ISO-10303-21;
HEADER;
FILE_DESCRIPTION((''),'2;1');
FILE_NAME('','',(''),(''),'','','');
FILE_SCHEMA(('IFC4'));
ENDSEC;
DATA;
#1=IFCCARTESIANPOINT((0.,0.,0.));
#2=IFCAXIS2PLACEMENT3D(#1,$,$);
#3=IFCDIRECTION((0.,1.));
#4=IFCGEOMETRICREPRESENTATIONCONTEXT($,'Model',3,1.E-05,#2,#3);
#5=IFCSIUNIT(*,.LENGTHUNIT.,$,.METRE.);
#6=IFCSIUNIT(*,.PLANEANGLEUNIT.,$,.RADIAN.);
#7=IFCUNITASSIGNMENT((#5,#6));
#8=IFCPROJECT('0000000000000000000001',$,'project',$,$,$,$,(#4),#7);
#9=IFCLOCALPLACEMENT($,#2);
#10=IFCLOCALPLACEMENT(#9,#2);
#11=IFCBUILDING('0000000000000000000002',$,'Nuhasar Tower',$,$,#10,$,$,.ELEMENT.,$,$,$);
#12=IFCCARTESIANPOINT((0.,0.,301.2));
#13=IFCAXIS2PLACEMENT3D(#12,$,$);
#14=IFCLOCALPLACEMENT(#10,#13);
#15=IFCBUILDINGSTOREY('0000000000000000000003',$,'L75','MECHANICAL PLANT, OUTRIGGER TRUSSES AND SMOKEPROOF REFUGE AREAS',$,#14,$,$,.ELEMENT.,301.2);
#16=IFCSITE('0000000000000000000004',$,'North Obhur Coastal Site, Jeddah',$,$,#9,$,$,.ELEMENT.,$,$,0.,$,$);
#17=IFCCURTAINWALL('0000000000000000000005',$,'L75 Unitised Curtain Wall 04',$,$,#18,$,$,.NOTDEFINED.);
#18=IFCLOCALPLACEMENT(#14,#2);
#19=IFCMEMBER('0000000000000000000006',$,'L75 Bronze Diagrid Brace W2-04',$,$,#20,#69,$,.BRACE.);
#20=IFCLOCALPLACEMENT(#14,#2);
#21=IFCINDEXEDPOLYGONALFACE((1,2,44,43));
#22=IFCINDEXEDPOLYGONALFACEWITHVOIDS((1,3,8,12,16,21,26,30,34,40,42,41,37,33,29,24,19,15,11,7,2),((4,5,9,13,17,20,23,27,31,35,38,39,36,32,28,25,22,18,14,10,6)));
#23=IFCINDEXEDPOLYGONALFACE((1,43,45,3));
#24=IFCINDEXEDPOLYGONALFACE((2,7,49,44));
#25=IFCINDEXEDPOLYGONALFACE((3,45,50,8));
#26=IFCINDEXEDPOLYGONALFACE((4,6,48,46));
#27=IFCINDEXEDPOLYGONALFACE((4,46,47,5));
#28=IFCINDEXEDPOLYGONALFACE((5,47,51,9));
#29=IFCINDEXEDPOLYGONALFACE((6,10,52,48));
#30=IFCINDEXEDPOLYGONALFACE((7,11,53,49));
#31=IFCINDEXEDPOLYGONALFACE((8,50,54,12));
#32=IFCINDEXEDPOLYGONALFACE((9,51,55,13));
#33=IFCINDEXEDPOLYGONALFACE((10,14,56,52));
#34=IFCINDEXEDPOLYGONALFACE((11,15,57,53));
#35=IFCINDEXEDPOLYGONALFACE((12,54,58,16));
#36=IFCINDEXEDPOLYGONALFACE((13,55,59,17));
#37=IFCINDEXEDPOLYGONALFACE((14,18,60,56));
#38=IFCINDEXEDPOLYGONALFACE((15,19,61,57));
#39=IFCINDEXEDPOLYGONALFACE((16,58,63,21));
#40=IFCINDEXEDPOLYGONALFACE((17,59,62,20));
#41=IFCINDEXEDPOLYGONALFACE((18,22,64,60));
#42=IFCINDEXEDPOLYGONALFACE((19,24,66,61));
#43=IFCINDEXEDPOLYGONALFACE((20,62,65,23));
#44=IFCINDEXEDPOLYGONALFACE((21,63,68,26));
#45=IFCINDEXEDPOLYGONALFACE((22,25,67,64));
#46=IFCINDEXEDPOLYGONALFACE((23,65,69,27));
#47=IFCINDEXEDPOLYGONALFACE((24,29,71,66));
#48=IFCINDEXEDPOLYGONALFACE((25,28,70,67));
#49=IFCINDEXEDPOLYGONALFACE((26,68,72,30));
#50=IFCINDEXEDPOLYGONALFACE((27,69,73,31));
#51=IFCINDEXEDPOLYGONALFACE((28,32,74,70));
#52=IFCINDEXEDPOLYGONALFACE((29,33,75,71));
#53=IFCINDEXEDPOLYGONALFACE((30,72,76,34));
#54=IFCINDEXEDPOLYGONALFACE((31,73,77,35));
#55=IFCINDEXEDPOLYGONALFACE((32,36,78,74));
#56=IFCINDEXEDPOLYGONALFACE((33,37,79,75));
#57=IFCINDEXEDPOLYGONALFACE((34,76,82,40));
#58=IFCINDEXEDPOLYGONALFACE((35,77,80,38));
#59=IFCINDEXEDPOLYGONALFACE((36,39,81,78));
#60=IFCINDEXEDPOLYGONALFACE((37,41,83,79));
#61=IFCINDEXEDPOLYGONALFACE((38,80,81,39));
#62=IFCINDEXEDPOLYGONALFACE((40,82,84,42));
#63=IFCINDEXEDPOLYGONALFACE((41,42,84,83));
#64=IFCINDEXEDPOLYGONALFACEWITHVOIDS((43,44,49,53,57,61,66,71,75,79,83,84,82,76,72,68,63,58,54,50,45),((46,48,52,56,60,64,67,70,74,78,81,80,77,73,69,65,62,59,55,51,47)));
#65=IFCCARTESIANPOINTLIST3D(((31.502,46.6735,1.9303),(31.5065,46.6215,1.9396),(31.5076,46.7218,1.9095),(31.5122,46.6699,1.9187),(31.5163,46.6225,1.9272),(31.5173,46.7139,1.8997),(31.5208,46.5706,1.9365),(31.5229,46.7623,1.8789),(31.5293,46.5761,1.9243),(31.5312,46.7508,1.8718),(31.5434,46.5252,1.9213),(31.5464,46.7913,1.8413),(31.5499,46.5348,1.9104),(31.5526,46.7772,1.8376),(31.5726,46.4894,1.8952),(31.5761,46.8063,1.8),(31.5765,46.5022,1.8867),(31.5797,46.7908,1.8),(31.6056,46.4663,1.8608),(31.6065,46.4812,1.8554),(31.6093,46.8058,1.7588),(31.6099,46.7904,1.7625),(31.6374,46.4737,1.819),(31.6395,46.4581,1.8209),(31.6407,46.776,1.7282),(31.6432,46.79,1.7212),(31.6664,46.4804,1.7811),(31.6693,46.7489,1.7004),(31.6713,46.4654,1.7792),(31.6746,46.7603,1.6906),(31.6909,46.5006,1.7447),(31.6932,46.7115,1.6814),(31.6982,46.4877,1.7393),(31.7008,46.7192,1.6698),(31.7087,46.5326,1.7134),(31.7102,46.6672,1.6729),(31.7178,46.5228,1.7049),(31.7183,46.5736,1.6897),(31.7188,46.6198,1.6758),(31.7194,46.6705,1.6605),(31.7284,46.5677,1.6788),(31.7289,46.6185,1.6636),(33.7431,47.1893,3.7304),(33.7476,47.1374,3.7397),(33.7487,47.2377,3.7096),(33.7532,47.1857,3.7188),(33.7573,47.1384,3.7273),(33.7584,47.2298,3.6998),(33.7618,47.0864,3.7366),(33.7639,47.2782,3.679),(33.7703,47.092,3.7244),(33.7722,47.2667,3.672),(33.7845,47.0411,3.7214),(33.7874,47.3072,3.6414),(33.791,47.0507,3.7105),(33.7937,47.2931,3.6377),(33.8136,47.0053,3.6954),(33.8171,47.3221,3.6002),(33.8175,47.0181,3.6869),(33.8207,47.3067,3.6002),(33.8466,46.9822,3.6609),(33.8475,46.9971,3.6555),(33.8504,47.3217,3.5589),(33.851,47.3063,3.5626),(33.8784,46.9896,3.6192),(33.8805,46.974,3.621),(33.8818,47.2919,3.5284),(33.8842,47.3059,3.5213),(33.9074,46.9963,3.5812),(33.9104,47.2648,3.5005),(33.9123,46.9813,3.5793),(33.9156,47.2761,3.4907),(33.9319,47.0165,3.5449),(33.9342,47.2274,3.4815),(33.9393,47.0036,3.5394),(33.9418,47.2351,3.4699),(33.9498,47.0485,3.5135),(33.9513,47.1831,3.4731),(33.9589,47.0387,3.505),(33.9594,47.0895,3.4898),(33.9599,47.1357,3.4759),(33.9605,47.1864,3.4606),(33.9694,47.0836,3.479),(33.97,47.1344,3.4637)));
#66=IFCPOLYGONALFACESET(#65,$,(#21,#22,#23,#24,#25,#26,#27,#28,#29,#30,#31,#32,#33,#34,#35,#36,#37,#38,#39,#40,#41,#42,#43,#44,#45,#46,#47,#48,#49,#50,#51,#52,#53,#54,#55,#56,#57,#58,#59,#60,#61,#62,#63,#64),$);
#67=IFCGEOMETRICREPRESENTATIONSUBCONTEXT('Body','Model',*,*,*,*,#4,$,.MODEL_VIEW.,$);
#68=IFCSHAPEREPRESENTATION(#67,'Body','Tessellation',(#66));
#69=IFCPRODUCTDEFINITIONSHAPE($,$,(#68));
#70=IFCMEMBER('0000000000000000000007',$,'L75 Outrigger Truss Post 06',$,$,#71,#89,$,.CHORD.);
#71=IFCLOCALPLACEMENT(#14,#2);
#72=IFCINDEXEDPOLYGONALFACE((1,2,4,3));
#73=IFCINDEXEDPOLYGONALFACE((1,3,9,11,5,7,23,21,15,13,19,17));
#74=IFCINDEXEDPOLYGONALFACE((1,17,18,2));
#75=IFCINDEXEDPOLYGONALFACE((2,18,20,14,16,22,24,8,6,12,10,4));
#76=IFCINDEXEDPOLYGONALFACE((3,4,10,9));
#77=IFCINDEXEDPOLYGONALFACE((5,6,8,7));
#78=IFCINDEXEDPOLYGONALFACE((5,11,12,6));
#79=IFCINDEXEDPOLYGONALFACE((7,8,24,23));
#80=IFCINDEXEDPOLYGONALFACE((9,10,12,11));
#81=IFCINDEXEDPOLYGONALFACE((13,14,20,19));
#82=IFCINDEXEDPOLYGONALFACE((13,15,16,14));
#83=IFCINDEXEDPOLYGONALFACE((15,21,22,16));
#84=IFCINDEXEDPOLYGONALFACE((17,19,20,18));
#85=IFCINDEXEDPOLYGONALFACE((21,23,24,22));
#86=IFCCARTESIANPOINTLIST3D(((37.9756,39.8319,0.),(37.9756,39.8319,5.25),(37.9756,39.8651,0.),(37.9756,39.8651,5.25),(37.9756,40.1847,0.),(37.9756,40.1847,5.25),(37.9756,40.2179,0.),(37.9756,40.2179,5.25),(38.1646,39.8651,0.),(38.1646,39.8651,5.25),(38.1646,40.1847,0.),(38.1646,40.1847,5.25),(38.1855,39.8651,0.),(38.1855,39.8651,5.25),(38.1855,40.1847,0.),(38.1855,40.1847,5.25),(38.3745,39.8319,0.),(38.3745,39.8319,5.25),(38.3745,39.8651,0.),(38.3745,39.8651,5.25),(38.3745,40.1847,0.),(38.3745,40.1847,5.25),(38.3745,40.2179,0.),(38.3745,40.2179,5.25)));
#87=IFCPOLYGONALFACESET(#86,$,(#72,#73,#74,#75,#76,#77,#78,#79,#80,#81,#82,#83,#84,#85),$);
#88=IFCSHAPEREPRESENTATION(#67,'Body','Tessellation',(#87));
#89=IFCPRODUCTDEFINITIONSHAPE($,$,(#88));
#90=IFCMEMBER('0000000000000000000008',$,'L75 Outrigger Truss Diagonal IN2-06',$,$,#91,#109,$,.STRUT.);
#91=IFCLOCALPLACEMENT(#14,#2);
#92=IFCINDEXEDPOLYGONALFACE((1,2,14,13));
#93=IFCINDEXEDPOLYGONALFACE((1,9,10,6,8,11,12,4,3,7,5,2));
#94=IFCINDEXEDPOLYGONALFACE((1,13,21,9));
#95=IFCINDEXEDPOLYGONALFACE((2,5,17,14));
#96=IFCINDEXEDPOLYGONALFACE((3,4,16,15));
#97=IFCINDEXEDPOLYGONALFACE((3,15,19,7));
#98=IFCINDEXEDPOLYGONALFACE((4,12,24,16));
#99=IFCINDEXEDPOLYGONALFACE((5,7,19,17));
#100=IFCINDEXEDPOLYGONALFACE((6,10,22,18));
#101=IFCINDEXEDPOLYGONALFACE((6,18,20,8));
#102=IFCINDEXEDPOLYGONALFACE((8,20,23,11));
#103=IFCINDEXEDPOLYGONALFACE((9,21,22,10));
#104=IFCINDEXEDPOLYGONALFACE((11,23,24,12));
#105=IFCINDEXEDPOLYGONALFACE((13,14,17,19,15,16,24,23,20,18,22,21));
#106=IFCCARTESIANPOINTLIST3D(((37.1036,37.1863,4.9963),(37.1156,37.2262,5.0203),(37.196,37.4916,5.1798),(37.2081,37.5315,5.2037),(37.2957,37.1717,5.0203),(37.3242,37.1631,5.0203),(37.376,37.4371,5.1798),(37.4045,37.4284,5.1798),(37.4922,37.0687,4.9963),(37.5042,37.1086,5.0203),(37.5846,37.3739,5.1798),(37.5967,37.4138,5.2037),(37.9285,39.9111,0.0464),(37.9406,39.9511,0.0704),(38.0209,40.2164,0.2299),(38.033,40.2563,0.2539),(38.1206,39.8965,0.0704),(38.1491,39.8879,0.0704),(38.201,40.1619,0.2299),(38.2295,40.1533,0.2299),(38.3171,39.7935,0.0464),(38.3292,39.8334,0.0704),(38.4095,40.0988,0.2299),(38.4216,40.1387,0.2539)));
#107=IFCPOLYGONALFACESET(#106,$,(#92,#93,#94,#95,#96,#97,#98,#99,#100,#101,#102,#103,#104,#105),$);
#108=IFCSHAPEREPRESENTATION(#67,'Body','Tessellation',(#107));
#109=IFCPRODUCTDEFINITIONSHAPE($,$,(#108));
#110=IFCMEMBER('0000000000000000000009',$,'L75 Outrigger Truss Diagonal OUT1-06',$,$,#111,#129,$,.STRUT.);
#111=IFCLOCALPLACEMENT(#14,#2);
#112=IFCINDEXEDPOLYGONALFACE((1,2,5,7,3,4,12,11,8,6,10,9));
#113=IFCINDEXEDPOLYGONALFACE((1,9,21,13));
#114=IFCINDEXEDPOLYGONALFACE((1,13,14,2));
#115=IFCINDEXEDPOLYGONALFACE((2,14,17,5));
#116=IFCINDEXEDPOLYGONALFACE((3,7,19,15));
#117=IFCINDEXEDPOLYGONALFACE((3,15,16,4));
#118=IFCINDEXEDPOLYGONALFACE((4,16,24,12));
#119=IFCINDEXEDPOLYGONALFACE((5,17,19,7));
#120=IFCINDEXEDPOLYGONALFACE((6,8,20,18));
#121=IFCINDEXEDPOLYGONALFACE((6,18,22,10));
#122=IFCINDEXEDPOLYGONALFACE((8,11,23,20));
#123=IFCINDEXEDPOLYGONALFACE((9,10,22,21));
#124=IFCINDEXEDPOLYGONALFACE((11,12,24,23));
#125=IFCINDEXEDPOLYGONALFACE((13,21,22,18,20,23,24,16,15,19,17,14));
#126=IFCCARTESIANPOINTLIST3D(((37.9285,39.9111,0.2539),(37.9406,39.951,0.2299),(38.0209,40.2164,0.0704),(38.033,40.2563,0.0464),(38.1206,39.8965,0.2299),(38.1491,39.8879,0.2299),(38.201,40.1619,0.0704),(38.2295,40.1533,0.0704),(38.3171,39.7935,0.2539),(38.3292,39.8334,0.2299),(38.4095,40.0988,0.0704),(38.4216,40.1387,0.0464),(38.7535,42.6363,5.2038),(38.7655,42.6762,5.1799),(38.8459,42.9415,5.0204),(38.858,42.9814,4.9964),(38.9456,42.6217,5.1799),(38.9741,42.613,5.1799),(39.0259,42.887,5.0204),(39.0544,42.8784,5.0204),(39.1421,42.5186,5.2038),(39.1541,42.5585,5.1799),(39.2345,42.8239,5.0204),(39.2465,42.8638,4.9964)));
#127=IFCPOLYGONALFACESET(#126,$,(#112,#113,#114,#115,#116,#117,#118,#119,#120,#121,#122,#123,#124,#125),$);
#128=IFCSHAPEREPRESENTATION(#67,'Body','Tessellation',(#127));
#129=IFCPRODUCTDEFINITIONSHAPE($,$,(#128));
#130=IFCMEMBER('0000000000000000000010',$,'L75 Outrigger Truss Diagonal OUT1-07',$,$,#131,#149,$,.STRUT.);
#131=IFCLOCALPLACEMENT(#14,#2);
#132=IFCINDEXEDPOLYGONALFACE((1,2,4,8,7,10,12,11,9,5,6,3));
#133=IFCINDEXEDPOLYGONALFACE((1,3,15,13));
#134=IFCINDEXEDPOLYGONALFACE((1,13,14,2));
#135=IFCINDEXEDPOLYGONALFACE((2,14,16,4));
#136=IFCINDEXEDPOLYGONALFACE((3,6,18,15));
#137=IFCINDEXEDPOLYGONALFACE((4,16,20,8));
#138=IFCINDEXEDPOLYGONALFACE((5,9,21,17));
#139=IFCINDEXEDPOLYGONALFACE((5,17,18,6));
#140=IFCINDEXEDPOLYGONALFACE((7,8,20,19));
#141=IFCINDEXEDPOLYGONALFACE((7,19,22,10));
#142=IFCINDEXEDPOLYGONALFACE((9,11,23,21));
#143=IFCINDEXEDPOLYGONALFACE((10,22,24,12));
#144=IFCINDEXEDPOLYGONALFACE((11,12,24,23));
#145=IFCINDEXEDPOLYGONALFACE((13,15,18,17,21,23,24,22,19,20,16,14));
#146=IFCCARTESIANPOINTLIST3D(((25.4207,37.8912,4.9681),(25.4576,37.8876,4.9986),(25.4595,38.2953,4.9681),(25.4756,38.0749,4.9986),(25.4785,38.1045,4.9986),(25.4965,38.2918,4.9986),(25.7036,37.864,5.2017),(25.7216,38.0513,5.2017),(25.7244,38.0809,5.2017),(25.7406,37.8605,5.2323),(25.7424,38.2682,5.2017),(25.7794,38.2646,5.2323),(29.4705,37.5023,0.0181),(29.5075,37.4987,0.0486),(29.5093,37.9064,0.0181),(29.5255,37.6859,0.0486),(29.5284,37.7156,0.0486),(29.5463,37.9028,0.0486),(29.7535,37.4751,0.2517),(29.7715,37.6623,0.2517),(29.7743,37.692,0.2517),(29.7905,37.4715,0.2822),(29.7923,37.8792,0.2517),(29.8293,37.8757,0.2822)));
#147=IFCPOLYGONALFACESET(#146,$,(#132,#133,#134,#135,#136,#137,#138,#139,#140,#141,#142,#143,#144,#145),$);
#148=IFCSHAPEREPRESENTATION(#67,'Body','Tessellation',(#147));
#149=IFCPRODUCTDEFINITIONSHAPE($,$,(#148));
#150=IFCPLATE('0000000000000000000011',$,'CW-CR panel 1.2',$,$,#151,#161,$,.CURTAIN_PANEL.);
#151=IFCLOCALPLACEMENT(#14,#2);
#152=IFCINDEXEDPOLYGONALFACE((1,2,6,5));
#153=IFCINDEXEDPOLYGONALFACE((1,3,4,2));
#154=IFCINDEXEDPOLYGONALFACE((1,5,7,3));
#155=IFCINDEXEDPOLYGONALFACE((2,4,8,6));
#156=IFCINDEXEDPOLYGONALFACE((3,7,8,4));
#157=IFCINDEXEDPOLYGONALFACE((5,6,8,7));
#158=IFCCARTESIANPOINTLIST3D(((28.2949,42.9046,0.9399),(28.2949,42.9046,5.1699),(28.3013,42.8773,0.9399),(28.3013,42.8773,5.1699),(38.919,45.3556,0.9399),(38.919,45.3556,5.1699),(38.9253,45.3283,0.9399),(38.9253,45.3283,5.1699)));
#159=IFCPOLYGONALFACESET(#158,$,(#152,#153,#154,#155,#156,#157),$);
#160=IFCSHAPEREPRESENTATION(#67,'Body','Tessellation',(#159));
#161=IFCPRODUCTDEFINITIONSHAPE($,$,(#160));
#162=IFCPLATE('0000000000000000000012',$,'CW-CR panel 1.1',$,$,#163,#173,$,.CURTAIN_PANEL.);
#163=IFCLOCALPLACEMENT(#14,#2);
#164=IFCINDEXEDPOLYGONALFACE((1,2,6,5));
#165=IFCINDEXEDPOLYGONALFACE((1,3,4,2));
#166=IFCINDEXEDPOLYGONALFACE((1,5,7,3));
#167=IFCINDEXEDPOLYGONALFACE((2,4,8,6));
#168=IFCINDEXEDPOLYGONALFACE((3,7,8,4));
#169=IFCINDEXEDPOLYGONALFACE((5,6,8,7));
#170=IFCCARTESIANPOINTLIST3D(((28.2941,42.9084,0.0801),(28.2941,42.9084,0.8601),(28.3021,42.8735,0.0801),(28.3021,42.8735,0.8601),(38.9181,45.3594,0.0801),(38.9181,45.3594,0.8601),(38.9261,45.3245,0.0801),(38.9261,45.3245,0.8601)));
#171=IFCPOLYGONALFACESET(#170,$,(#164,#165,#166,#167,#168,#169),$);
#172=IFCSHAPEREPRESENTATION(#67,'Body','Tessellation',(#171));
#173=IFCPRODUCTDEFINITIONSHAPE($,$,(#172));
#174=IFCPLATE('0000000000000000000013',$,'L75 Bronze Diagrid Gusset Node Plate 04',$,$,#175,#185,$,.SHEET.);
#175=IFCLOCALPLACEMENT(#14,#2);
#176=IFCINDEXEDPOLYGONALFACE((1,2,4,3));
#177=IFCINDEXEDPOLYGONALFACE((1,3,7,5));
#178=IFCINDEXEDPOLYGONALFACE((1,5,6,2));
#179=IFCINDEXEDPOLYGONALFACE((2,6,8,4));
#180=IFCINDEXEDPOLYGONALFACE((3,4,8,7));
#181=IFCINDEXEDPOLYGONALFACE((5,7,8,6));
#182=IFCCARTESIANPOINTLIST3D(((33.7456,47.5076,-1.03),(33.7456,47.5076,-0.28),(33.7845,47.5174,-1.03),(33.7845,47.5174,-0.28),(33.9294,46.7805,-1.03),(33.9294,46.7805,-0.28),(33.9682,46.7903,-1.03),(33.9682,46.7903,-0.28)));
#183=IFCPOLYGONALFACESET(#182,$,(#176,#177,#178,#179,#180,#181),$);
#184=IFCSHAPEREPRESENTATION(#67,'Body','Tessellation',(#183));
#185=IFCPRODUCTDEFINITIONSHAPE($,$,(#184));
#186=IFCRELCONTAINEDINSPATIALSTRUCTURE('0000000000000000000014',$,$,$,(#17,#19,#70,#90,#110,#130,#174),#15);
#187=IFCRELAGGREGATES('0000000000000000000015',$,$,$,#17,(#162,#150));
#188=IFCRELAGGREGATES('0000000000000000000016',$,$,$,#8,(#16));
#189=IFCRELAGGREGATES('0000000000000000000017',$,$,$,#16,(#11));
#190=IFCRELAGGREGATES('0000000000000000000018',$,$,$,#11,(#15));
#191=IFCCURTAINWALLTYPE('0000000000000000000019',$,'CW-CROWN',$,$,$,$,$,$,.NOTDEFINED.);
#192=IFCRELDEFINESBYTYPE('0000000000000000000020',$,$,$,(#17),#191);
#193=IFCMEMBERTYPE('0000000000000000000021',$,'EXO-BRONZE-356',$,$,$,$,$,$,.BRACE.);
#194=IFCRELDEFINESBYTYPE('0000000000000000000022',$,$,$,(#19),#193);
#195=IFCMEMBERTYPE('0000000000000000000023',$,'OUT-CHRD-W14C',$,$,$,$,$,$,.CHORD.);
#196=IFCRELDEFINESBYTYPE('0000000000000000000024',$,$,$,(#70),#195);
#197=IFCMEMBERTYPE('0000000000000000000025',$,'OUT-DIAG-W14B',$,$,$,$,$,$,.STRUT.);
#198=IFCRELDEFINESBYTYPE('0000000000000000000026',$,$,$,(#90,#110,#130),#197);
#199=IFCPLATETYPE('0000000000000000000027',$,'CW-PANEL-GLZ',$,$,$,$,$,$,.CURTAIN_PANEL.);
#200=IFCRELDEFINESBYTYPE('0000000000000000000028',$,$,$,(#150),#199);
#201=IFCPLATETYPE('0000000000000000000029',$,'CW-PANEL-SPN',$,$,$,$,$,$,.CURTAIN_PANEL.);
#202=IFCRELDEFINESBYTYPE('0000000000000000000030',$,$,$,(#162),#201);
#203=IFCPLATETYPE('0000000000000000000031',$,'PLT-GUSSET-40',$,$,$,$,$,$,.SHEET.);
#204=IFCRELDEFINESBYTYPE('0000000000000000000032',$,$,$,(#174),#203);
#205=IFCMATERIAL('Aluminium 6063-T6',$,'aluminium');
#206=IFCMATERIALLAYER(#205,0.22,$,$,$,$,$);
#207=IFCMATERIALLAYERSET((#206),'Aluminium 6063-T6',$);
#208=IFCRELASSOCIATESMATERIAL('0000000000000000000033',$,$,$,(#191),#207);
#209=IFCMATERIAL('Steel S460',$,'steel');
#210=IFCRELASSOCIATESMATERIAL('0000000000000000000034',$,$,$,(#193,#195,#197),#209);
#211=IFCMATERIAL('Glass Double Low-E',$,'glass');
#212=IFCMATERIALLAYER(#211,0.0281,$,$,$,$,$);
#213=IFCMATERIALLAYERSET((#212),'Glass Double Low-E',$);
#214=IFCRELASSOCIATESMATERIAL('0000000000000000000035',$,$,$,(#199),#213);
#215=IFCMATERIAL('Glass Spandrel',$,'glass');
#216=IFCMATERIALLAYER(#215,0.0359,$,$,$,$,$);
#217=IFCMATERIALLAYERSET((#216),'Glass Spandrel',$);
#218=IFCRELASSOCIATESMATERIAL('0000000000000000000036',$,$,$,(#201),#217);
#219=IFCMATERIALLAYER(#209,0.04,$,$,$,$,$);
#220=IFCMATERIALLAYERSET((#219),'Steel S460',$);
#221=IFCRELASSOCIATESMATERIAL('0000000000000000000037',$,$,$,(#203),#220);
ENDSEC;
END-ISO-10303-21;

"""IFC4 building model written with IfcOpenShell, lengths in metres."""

from ifc_helpers import new_model, si_unit, direction, frame, origin, origin_2d, place, context, subcontext, project, spatial, rectangle, hollow_circle, i_section, extrude, material, layer, layer_set, material_profile, profile_set, type_object, element, aggregate, save


model = new_model("IFC4")

# Units and contexts
model_context = context("Model", 3, precision=1e-05, world=origin(), true_north=direction((0.0, 1.0)))
body_context = subcontext(model_context, "Body", "Model", "MODEL_VIEW")
ifc_project = project(units=[si_unit("LENGTHUNIT", "METRE"), si_unit("PLANEANGLEUNIT", "RADIAN")], contexts=[model_context])

# Site, building, storey
site_placement = place(None, origin())
site = spatial("IfcSite", under=ifc_project, at=site_placement, Name="North Obhur Coastal Site, Jeddah", CompositionType="ELEMENT", RefElevation=0.0)
building_placement = place(site_placement, origin())
building = spatial("IfcBuilding", under=site, at=building_placement, Name="Nuhasar Tower", CompositionType="ELEMENT")
storey_placement = place(building_placement, frame((0.0, 0.0, 301.2)))
storey = spatial("IfcBuildingStorey", under=building, at=storey_placement, Name="L75", Description="MECHANICAL PLANT, OUTRIGGER TRUSSES AND SMOKEPROOF REFUGE AREAS", CompositionType="ELEMENT", Elevation=301.2)

# Curtain wall
ifc_material_1 = material(Name="Aluminium 6063-T6", Category="aluminium")
ifc_layer_1 = layer(ifc_material_1, 0.22)
ifc_layer_set_1 = layer_set([ifc_layer_1], Name="Aluminium 6063-T6")
curtain_wall_type = type_object("IfcCurtainWallType", Name="CW-CROWN", PredefinedType="NOTDEFINED", material=ifc_layer_set_1)
curtain_wall_placement = place(storey_placement, origin())
curtain_wall = element("IfcCurtainWall", 1, at=curtain_wall_placement, inside=storey, type_object=curtain_wall_type, Name="L75 Unitised Curtain Wall 04", PredefinedType="NOTDEFINED")

# Members
ifc_material_2 = material(Name="Steel S460", Category="steel")
ifc_material_profile_1 = material_profile(ifc_material_2, hollow_circle(Radius=0.1777, WallThickness=0.0159, at=origin_2d()), Name="HSS355.6X15.9")
ifc_profile_set_1 = profile_set([ifc_material_profile_1], Name="Steel S460")
member_type_1 = type_object("IfcMemberType", Name="EXO-BRONZE-356", PredefinedType="BRACE", material=ifc_profile_set_1)
for number, where, z_axis, x_axis, name in (
    (2, (31.616, 46.6331, 1.8), (0.767372, 0.176649, 0.616389), (-0.224332, 0.974513, 0.0), "L75 Bronze Diagrid Brace W2-04"),
):
    element("IfcMember", number, at=place(storey_placement, frame(where, z_axis=z_axis, x_axis=x_axis)), inside=storey, type_object=member_type_1, Name=name, PredefinedType="BRACE", context=body_context, shape_type="SweptSolid", body=[
        extrude(hollow_circle(Radius=0.1777, WallThickness=0.0159, at=origin_2d()), origin(), (0.0, 0.0, 1.0), 2.9204),
    ])
ifc_material_profile_2 = material_profile(ifc_material_2, i_section(OverallWidth=0.3989, OverallDepth=0.386, WebThickness=0.021, FlangeThickness=0.0332, at=origin_2d()), Name="W14X176")
ifc_profile_set_2 = profile_set([ifc_material_profile_2], Name="Steel S460")
member_type_2 = type_object("IfcMemberType", Name="OUT-CHRD-W14C", PredefinedType="CHORD", material=ifc_profile_set_2)
member_1_placement = place(storey_placement, frame((38.175, 40.0249, 0.0), z_axis=(0.0, 0.0, 1.0), x_axis=(1.0, 0.0, 0.0)))
element("IfcMember", 3, at=member_1_placement, inside=storey, type_object=member_type_2, Name="L75 Outrigger Truss Post 06", PredefinedType="CHORD", context=body_context, shape_type="SweptSolid", body=[
    extrude(i_section(OverallWidth=0.3989, OverallDepth=0.386, WebThickness=0.021, FlangeThickness=0.0332, at=origin_2d()), origin(), (0.0, 0.0, 1.0), 5.25),
])
ifc_material_profile_3 = material_profile(ifc_material_2, i_section(OverallWidth=0.406, OverallDepth=0.416, WebThickness=0.0298, FlangeThickness=0.0481, at=origin_2d()), Name="W14X257")
ifc_profile_set_3 = profile_set([ifc_material_profile_3], Name="Steel S460")
member_type_3 = type_object("IfcMemberType", Name="OUT-DIAG-W14B", PredefinedType="STRUT", material=ifc_profile_set_3)
member_2_placement = place(storey_placement, frame((38.175, 40.0249, 0.1501), z_axis=(-0.144468, -0.477183, 0.866848), x_axis=(0.957099, -0.289762, 0.0)))
element("IfcMember", 4, at=member_2_placement, inside=storey, type_object=member_type_3, Name="L75 Outrigger Truss Diagonal IN2-06", PredefinedType="STRUT", context=body_context, shape_type="SweptSolid", body=[
    extrude(i_section(OverallWidth=0.406, OverallDepth=0.416, WebThickness=0.0298, FlangeThickness=0.0481, at=origin_2d()), origin(), (0.0, 0.0, 1.0), 5.7102),
])
member_3_placement = place(storey_placement, frame((38.175, 40.0249, 0.1501), z_axis=(0.144465, 0.477216, 0.86683), x_axis=(-0.957106, 0.289738, 0.0)))
element("IfcMember", 5, at=member_3_placement, inside=storey, type_object=member_type_3, Name="L75 Outrigger Truss Diagonal OUT1-06", PredefinedType="STRUT", context=body_context, shape_type="SweptSolid", body=[
    extrude(i_section(OverallWidth=0.406, OverallDepth=0.416, WebThickness=0.0298, FlangeThickness=0.0481, at=origin_2d()), origin(), (0.0, 0.0, 1.0), 5.7104),
])
member_4_placement = place(storey_placement, frame((29.6499, 37.689, 0.1501), z_axis=(-0.632056, 0.060698, 0.772542), x_axis=(-0.095593, -0.99542, 0.0)))
element("IfcMember", 6, at=member_4_placement, inside=storey, type_object=member_type_3, Name="L75 Outrigger Truss Diagonal OUT1-07", PredefinedType="STRUT", context=body_context, shape_type="SweptSolid", body=[
    extrude(i_section(OverallWidth=0.406, OverallDepth=0.416, WebThickness=0.0298, FlangeThickness=0.0481, at=origin_2d()), origin(), (0.0, 0.0, 1.0), 6.4075),
])

# Plates
ifc_material_3 = material(Name="Glass Double Low-E", Category="glass")
ifc_layer_2 = layer(ifc_material_3, 0.0281)
ifc_layer_set_2 = layer_set([ifc_layer_2], Name="Glass Double Low-E")
plate_type_1 = type_object("IfcPlateType", Name="CW-PANEL-GLZ", PredefinedType="CURTAIN_PANEL", material=ifc_layer_set_2)
plate_1_placement = place(storey_placement, frame((33.6101, 44.1165, 0.9399), z_axis=(0.0, 0.0, 1.0), x_axis=(-0.974405, -0.2248, 0.0)))
plate_1 = element("IfcPlate", 7, at=plate_1_placement, type_object=plate_type_1, Name="CW-CR panel 1.2", PredefinedType="CURTAIN_PANEL", context=body_context, shape_type="SweptSolid", body=[
    extrude(rectangle(XDim=10.9031, YDim=0.0281, at=origin_2d()), origin(), (0.0, 0.0, 1.0), 4.23),
])
ifc_material_4 = material(Name="Glass Spandrel", Category="glass")
ifc_layer_3 = layer(ifc_material_4, 0.0359)
ifc_layer_set_3 = layer_set([ifc_layer_3], Name="Glass Spandrel")
plate_type_2 = type_object("IfcPlateType", Name="CW-PANEL-SPN", PredefinedType="CURTAIN_PANEL", material=ifc_layer_set_3)
plate_2_placement = place(storey_placement, frame((33.6101, 44.1165, 0.0801), z_axis=(0.0, 0.0, 1.0), x_axis=(-0.974405, -0.2248, 0.0)))
plate_2 = element("IfcPlate", 8, at=plate_2_placement, type_object=plate_type_2, Name="CW-CR panel 1.1", PredefinedType="CURTAIN_PANEL", context=body_context, shape_type="SweptSolid", body=[
    extrude(rectangle(XDim=10.9031, YDim=0.0359, at=origin_2d()), origin(), (0.0, 0.0, 1.0), 0.78),
])
aggregate(curtain_wall, [plate_2, plate_1])
ifc_layer_4 = layer(ifc_material_2, 0.04)
ifc_layer_set_4 = layer_set([ifc_layer_4], Name="Steel S460")
plate_type_3 = type_object("IfcPlateType", Name="PLT-GUSSET-40", PredefinedType="SHEET", material=ifc_layer_set_4)
plate_3_placement = place(storey_placement, frame((33.8569, 47.1489, -1.03), z_axis=(0.0, 0.0, 1.0), x_axis=(-0.245037, 0.969514, 0.0)))
element("IfcPlate", 9, at=plate_3_placement, inside=storey, type_object=plate_type_3, Name="L75 Bronze Diagrid Gusset Node Plate 04", PredefinedType="SHEET", context=body_context, shape_type="SweptSolid", body=[
    extrude(rectangle(XDim=0.75, YDim=0.04, at=origin_2d()), origin(), (0.0, 0.0, 1.0), 0.75),
])

save(model, "model.ifc")
